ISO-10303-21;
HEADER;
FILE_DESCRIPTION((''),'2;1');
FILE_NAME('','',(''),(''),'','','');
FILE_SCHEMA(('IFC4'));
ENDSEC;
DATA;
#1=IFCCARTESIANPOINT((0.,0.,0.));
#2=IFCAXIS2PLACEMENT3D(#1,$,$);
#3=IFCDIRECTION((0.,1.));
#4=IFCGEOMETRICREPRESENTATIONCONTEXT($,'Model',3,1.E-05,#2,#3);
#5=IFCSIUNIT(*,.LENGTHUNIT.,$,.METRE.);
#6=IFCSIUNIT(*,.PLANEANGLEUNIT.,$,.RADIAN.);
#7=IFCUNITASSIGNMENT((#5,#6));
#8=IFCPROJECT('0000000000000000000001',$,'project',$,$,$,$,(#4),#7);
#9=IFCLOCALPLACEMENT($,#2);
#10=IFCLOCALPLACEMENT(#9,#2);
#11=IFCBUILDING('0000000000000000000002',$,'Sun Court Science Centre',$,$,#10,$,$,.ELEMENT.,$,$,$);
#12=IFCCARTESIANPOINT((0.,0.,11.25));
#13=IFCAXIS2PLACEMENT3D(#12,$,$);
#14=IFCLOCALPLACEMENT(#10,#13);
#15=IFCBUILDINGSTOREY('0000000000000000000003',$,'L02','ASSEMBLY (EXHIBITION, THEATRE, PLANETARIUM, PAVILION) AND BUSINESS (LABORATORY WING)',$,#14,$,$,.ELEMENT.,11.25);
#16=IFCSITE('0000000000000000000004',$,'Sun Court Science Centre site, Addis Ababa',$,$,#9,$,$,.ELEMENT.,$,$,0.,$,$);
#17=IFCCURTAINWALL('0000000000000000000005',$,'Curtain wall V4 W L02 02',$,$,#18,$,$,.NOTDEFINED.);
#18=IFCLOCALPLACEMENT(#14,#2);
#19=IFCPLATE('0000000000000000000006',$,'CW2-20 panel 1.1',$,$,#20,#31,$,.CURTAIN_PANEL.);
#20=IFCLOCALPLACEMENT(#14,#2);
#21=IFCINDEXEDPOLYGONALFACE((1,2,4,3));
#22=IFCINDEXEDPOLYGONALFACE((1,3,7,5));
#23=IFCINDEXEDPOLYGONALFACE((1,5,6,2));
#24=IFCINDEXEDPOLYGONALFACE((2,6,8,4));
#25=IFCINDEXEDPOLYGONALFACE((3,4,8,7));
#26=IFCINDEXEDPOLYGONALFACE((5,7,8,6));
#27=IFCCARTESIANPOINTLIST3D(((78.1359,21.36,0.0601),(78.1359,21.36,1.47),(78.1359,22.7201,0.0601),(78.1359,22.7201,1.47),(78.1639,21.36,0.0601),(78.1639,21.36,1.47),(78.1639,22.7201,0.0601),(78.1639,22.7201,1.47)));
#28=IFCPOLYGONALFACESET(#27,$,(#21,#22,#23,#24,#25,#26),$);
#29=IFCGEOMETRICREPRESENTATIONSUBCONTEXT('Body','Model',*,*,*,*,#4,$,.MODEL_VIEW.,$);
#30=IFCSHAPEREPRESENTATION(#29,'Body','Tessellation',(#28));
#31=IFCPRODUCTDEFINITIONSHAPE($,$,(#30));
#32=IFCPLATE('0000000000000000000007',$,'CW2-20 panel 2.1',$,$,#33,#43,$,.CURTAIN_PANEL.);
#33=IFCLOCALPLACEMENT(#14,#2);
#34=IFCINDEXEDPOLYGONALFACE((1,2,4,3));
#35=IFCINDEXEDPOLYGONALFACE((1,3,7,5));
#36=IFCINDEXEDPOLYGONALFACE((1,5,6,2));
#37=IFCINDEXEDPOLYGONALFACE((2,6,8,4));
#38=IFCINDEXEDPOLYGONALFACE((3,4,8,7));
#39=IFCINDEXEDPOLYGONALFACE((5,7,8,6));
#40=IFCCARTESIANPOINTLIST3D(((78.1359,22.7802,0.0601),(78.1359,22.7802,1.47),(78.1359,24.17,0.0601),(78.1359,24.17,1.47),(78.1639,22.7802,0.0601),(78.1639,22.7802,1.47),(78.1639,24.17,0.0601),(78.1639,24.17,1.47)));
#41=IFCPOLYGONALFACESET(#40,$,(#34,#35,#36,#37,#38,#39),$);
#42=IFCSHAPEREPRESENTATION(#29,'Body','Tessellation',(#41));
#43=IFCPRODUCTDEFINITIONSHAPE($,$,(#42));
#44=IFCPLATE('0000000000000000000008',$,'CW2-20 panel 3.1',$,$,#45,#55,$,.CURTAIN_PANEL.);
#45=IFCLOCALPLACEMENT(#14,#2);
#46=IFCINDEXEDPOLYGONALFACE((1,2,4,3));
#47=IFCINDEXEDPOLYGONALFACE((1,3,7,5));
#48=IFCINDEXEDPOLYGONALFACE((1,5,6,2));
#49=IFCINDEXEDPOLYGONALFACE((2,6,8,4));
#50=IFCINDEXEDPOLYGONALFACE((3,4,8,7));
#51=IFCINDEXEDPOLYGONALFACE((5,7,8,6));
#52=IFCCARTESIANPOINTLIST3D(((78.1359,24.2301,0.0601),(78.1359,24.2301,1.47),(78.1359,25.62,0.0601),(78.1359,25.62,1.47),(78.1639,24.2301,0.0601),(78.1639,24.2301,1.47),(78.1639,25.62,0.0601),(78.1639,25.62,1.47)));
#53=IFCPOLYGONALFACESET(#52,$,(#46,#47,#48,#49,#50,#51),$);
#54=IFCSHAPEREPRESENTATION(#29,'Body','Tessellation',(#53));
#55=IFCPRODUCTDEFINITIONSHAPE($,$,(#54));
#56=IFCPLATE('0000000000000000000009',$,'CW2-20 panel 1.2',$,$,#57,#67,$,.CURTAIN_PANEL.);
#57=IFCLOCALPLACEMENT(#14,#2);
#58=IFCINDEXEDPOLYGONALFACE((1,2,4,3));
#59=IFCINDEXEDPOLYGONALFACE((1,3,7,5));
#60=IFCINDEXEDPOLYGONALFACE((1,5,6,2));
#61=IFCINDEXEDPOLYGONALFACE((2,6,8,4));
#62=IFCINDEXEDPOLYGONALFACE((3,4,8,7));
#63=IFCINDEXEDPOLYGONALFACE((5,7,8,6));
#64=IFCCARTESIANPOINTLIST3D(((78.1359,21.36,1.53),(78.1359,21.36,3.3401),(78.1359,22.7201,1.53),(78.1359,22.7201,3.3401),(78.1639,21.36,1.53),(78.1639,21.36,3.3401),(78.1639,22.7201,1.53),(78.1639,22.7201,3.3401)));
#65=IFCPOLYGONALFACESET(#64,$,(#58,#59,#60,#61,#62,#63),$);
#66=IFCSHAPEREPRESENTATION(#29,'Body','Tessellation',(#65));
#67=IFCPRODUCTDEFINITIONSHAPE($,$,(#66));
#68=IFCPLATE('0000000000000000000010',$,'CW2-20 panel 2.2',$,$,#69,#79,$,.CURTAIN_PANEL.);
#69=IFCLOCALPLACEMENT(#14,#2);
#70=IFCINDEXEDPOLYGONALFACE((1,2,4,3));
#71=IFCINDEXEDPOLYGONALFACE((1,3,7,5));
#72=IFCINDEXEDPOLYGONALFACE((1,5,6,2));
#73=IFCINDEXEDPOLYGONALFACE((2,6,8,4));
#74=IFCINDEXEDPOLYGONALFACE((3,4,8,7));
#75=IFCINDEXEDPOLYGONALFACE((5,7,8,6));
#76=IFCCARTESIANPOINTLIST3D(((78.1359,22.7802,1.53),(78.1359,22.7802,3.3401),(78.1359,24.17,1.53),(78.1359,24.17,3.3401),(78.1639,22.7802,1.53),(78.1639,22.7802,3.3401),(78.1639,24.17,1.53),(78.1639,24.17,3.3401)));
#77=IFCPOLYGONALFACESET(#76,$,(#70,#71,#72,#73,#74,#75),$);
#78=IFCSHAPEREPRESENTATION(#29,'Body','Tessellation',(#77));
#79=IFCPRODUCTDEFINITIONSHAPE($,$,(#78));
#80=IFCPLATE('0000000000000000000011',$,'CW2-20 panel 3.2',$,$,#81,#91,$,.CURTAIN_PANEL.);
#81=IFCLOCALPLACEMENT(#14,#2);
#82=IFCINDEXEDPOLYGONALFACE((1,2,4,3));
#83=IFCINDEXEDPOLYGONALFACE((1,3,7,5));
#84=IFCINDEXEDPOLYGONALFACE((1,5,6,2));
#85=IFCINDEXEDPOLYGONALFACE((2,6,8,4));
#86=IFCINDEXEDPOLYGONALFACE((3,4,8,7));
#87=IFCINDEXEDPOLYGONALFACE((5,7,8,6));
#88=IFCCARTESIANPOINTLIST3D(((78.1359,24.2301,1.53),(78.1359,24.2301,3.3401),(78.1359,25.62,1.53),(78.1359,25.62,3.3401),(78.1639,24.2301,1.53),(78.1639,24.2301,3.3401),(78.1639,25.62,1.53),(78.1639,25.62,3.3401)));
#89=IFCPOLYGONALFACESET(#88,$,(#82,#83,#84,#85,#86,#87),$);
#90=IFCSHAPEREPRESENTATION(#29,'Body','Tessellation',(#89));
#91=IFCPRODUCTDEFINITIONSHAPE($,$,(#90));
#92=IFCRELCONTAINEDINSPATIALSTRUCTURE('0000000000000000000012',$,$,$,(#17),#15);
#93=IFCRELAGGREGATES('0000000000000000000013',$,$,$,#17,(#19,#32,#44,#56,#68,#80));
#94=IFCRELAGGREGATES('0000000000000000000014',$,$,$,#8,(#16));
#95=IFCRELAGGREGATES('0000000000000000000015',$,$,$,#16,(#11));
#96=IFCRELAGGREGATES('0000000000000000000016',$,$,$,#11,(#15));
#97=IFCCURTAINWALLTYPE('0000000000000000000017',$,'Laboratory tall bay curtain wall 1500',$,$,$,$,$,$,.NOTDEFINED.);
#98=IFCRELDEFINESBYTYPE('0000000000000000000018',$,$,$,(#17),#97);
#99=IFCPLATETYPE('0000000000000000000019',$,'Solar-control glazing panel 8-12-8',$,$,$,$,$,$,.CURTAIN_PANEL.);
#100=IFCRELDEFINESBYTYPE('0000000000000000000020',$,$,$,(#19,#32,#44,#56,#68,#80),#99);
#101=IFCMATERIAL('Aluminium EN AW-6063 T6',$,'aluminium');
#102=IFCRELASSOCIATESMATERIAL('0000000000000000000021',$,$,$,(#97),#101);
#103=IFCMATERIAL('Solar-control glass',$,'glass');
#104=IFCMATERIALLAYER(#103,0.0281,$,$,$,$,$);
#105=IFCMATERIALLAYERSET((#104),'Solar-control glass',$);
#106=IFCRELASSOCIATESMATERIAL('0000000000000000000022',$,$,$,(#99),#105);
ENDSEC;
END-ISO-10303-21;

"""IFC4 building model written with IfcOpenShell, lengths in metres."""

from ifc_helpers import new_model, si_unit, direction, frame, origin, origin_2d, place, context, subcontext, project, spatial, rectangle, extrude, material, layer, layer_set, type_object, element, aggregate, save


model = new_model("IFC4")

# Units and contexts
model_context = context("Model", 3, precision=1e-05, world=origin(), true_north=direction((0.0, 1.0)))
body_context = subcontext(model_context, "Body", "Model", "MODEL_VIEW")
ifc_project = project(units=[si_unit("LENGTHUNIT", "METRE"), si_unit("PLANEANGLEUNIT", "RADIAN")], contexts=[model_context])

# Site, building, storey
site_placement = place(None, origin())
site = spatial("IfcSite", under=ifc_project, at=site_placement, Name="Sun Court Science Centre site, Addis Ababa", CompositionType="ELEMENT", RefElevation=0.0)
building_placement = place(site_placement, origin())
building = spatial("IfcBuilding", under=site, at=building_placement, Name="Sun Court Science Centre", CompositionType="ELEMENT")
storey_placement = place(building_placement, frame((0.0, 0.0, 11.25)))
storey = spatial("IfcBuildingStorey", under=building, at=storey_placement, Name="L02", Description="ASSEMBLY (EXHIBITION, THEATRE, PLANETARIUM, PAVILION) AND BUSINESS (LABORATORY WING)", CompositionType="ELEMENT", Elevation=11.25)

# Curtain wall
ifc_material_1 = material(Name="Aluminium EN AW-6063 T6", Category="aluminium")
curtain_wall_type = type_object("IfcCurtainWallType", Name="Laboratory tall bay curtain wall 1500", PredefinedType="NOTDEFINED", material=ifc_material_1)
curtain_wall_1_placement = place(storey_placement, origin())
curtain_wall_1 = element("IfcCurtainWall", 1, at=curtain_wall_1_placement, inside=storey, type_object=curtain_wall_type, Name="Curtain wall V4 W L02 02", PredefinedType="NOTDEFINED")

# Plates
ifc_material_2 = material(Name="Solar-control glass", Category="glass")
ifc_layer = layer(ifc_material_2, 0.0281)
ifc_layer_set = layer_set([ifc_layer], Name="Solar-control glass")
plate_type = type_object("IfcPlateType", Name="Solar-control glazing panel 8-12-8", PredefinedType="CURTAIN_PANEL", material=ifc_layer_set)
plate_1_placement = place(storey_placement, frame((78.1499, 22.04, 0.0601), z_axis=(0.0, 0.0, 1.0), x_axis=(0.0, 1.0, 0.0)))
plate_1 = element("IfcPlate", 2, at=plate_1_placement, type_object=plate_type, Name="CW2-20 panel 1.1", PredefinedType="CURTAIN_PANEL", context=body_context, shape_type="SweptSolid", body=[
    extrude(rectangle(XDim=1.3601, YDim=0.0281, at=origin_2d()), origin(), (0.0, 0.0, 1.0), 1.4099),
])
plate_2_placement = place(storey_placement, frame((78.1499, 23.4751, 0.0601), z_axis=(0.0, 0.0, 1.0), x_axis=(0.0, 1.0, 0.0)))
plate_2 = element("IfcPlate", 3, at=plate_2_placement, type_object=plate_type, Name="CW2-20 panel 2.1", PredefinedType="CURTAIN_PANEL", context=body_context, shape_type="SweptSolid", body=[
    extrude(rectangle(XDim=1.3899, YDim=0.0281, at=origin_2d()), origin(), (0.0, 0.0, 1.0), 1.4099),
])
plate_3_placement = place(storey_placement, frame((78.1499, 24.925, 0.0601), z_axis=(0.0, 0.0, 1.0), x_axis=(0.0, 1.0, 0.0)))
plate_3 = element("IfcPlate", 4, at=plate_3_placement, type_object=plate_type, Name="CW2-20 panel 3.1", PredefinedType="CURTAIN_PANEL", context=body_context, shape_type="SweptSolid", body=[
    extrude(rectangle(XDim=1.3899, YDim=0.0281, at=origin_2d()), origin(), (0.0, 0.0, 1.0), 1.4099),
])
plate_4_placement = place(storey_placement, frame((78.1499, 22.04, 1.53), z_axis=(0.0, 0.0, 1.0), x_axis=(0.0, 1.0, 0.0)))
plate_4 = element("IfcPlate", 5, at=plate_4_placement, type_object=plate_type, Name="CW2-20 panel 1.2", PredefinedType="CURTAIN_PANEL", context=body_context, shape_type="SweptSolid", body=[
    extrude(rectangle(XDim=1.3601, YDim=0.0281, at=origin_2d()), origin(), (0.0, 0.0, 1.0), 1.8101),
])
plate_5_placement = place(storey_placement, frame((78.1499, 23.4751, 1.53), z_axis=(0.0, 0.0, 1.0), x_axis=(0.0, 1.0, 0.0)))
plate_5 = element("IfcPlate", 6, at=plate_5_placement, type_object=plate_type, Name="CW2-20 panel 2.2", PredefinedType="CURTAIN_PANEL", context=body_context, shape_type="SweptSolid", body=[
    extrude(rectangle(XDim=1.3899, YDim=0.0281, at=origin_2d()), origin(), (0.0, 0.0, 1.0), 1.8101),
])
plate_6_placement = place(storey_placement, frame((78.1499, 24.925, 1.53), z_axis=(0.0, 0.0, 1.0), x_axis=(0.0, 1.0, 0.0)))
plate_6 = element("IfcPlate", 7, at=plate_6_placement, type_object=plate_type, Name="CW2-20 panel 3.2", PredefinedType="CURTAIN_PANEL", context=body_context, shape_type="SweptSolid", body=[
    extrude(rectangle(XDim=1.3899, YDim=0.0281, at=origin_2d()), origin(), (0.0, 0.0, 1.0), 1.8101),
])
aggregate(curtain_wall_1, [plate_1, plate_2, plate_3, plate_4, plate_5, plate_6])

save(model, "model.ifc")
